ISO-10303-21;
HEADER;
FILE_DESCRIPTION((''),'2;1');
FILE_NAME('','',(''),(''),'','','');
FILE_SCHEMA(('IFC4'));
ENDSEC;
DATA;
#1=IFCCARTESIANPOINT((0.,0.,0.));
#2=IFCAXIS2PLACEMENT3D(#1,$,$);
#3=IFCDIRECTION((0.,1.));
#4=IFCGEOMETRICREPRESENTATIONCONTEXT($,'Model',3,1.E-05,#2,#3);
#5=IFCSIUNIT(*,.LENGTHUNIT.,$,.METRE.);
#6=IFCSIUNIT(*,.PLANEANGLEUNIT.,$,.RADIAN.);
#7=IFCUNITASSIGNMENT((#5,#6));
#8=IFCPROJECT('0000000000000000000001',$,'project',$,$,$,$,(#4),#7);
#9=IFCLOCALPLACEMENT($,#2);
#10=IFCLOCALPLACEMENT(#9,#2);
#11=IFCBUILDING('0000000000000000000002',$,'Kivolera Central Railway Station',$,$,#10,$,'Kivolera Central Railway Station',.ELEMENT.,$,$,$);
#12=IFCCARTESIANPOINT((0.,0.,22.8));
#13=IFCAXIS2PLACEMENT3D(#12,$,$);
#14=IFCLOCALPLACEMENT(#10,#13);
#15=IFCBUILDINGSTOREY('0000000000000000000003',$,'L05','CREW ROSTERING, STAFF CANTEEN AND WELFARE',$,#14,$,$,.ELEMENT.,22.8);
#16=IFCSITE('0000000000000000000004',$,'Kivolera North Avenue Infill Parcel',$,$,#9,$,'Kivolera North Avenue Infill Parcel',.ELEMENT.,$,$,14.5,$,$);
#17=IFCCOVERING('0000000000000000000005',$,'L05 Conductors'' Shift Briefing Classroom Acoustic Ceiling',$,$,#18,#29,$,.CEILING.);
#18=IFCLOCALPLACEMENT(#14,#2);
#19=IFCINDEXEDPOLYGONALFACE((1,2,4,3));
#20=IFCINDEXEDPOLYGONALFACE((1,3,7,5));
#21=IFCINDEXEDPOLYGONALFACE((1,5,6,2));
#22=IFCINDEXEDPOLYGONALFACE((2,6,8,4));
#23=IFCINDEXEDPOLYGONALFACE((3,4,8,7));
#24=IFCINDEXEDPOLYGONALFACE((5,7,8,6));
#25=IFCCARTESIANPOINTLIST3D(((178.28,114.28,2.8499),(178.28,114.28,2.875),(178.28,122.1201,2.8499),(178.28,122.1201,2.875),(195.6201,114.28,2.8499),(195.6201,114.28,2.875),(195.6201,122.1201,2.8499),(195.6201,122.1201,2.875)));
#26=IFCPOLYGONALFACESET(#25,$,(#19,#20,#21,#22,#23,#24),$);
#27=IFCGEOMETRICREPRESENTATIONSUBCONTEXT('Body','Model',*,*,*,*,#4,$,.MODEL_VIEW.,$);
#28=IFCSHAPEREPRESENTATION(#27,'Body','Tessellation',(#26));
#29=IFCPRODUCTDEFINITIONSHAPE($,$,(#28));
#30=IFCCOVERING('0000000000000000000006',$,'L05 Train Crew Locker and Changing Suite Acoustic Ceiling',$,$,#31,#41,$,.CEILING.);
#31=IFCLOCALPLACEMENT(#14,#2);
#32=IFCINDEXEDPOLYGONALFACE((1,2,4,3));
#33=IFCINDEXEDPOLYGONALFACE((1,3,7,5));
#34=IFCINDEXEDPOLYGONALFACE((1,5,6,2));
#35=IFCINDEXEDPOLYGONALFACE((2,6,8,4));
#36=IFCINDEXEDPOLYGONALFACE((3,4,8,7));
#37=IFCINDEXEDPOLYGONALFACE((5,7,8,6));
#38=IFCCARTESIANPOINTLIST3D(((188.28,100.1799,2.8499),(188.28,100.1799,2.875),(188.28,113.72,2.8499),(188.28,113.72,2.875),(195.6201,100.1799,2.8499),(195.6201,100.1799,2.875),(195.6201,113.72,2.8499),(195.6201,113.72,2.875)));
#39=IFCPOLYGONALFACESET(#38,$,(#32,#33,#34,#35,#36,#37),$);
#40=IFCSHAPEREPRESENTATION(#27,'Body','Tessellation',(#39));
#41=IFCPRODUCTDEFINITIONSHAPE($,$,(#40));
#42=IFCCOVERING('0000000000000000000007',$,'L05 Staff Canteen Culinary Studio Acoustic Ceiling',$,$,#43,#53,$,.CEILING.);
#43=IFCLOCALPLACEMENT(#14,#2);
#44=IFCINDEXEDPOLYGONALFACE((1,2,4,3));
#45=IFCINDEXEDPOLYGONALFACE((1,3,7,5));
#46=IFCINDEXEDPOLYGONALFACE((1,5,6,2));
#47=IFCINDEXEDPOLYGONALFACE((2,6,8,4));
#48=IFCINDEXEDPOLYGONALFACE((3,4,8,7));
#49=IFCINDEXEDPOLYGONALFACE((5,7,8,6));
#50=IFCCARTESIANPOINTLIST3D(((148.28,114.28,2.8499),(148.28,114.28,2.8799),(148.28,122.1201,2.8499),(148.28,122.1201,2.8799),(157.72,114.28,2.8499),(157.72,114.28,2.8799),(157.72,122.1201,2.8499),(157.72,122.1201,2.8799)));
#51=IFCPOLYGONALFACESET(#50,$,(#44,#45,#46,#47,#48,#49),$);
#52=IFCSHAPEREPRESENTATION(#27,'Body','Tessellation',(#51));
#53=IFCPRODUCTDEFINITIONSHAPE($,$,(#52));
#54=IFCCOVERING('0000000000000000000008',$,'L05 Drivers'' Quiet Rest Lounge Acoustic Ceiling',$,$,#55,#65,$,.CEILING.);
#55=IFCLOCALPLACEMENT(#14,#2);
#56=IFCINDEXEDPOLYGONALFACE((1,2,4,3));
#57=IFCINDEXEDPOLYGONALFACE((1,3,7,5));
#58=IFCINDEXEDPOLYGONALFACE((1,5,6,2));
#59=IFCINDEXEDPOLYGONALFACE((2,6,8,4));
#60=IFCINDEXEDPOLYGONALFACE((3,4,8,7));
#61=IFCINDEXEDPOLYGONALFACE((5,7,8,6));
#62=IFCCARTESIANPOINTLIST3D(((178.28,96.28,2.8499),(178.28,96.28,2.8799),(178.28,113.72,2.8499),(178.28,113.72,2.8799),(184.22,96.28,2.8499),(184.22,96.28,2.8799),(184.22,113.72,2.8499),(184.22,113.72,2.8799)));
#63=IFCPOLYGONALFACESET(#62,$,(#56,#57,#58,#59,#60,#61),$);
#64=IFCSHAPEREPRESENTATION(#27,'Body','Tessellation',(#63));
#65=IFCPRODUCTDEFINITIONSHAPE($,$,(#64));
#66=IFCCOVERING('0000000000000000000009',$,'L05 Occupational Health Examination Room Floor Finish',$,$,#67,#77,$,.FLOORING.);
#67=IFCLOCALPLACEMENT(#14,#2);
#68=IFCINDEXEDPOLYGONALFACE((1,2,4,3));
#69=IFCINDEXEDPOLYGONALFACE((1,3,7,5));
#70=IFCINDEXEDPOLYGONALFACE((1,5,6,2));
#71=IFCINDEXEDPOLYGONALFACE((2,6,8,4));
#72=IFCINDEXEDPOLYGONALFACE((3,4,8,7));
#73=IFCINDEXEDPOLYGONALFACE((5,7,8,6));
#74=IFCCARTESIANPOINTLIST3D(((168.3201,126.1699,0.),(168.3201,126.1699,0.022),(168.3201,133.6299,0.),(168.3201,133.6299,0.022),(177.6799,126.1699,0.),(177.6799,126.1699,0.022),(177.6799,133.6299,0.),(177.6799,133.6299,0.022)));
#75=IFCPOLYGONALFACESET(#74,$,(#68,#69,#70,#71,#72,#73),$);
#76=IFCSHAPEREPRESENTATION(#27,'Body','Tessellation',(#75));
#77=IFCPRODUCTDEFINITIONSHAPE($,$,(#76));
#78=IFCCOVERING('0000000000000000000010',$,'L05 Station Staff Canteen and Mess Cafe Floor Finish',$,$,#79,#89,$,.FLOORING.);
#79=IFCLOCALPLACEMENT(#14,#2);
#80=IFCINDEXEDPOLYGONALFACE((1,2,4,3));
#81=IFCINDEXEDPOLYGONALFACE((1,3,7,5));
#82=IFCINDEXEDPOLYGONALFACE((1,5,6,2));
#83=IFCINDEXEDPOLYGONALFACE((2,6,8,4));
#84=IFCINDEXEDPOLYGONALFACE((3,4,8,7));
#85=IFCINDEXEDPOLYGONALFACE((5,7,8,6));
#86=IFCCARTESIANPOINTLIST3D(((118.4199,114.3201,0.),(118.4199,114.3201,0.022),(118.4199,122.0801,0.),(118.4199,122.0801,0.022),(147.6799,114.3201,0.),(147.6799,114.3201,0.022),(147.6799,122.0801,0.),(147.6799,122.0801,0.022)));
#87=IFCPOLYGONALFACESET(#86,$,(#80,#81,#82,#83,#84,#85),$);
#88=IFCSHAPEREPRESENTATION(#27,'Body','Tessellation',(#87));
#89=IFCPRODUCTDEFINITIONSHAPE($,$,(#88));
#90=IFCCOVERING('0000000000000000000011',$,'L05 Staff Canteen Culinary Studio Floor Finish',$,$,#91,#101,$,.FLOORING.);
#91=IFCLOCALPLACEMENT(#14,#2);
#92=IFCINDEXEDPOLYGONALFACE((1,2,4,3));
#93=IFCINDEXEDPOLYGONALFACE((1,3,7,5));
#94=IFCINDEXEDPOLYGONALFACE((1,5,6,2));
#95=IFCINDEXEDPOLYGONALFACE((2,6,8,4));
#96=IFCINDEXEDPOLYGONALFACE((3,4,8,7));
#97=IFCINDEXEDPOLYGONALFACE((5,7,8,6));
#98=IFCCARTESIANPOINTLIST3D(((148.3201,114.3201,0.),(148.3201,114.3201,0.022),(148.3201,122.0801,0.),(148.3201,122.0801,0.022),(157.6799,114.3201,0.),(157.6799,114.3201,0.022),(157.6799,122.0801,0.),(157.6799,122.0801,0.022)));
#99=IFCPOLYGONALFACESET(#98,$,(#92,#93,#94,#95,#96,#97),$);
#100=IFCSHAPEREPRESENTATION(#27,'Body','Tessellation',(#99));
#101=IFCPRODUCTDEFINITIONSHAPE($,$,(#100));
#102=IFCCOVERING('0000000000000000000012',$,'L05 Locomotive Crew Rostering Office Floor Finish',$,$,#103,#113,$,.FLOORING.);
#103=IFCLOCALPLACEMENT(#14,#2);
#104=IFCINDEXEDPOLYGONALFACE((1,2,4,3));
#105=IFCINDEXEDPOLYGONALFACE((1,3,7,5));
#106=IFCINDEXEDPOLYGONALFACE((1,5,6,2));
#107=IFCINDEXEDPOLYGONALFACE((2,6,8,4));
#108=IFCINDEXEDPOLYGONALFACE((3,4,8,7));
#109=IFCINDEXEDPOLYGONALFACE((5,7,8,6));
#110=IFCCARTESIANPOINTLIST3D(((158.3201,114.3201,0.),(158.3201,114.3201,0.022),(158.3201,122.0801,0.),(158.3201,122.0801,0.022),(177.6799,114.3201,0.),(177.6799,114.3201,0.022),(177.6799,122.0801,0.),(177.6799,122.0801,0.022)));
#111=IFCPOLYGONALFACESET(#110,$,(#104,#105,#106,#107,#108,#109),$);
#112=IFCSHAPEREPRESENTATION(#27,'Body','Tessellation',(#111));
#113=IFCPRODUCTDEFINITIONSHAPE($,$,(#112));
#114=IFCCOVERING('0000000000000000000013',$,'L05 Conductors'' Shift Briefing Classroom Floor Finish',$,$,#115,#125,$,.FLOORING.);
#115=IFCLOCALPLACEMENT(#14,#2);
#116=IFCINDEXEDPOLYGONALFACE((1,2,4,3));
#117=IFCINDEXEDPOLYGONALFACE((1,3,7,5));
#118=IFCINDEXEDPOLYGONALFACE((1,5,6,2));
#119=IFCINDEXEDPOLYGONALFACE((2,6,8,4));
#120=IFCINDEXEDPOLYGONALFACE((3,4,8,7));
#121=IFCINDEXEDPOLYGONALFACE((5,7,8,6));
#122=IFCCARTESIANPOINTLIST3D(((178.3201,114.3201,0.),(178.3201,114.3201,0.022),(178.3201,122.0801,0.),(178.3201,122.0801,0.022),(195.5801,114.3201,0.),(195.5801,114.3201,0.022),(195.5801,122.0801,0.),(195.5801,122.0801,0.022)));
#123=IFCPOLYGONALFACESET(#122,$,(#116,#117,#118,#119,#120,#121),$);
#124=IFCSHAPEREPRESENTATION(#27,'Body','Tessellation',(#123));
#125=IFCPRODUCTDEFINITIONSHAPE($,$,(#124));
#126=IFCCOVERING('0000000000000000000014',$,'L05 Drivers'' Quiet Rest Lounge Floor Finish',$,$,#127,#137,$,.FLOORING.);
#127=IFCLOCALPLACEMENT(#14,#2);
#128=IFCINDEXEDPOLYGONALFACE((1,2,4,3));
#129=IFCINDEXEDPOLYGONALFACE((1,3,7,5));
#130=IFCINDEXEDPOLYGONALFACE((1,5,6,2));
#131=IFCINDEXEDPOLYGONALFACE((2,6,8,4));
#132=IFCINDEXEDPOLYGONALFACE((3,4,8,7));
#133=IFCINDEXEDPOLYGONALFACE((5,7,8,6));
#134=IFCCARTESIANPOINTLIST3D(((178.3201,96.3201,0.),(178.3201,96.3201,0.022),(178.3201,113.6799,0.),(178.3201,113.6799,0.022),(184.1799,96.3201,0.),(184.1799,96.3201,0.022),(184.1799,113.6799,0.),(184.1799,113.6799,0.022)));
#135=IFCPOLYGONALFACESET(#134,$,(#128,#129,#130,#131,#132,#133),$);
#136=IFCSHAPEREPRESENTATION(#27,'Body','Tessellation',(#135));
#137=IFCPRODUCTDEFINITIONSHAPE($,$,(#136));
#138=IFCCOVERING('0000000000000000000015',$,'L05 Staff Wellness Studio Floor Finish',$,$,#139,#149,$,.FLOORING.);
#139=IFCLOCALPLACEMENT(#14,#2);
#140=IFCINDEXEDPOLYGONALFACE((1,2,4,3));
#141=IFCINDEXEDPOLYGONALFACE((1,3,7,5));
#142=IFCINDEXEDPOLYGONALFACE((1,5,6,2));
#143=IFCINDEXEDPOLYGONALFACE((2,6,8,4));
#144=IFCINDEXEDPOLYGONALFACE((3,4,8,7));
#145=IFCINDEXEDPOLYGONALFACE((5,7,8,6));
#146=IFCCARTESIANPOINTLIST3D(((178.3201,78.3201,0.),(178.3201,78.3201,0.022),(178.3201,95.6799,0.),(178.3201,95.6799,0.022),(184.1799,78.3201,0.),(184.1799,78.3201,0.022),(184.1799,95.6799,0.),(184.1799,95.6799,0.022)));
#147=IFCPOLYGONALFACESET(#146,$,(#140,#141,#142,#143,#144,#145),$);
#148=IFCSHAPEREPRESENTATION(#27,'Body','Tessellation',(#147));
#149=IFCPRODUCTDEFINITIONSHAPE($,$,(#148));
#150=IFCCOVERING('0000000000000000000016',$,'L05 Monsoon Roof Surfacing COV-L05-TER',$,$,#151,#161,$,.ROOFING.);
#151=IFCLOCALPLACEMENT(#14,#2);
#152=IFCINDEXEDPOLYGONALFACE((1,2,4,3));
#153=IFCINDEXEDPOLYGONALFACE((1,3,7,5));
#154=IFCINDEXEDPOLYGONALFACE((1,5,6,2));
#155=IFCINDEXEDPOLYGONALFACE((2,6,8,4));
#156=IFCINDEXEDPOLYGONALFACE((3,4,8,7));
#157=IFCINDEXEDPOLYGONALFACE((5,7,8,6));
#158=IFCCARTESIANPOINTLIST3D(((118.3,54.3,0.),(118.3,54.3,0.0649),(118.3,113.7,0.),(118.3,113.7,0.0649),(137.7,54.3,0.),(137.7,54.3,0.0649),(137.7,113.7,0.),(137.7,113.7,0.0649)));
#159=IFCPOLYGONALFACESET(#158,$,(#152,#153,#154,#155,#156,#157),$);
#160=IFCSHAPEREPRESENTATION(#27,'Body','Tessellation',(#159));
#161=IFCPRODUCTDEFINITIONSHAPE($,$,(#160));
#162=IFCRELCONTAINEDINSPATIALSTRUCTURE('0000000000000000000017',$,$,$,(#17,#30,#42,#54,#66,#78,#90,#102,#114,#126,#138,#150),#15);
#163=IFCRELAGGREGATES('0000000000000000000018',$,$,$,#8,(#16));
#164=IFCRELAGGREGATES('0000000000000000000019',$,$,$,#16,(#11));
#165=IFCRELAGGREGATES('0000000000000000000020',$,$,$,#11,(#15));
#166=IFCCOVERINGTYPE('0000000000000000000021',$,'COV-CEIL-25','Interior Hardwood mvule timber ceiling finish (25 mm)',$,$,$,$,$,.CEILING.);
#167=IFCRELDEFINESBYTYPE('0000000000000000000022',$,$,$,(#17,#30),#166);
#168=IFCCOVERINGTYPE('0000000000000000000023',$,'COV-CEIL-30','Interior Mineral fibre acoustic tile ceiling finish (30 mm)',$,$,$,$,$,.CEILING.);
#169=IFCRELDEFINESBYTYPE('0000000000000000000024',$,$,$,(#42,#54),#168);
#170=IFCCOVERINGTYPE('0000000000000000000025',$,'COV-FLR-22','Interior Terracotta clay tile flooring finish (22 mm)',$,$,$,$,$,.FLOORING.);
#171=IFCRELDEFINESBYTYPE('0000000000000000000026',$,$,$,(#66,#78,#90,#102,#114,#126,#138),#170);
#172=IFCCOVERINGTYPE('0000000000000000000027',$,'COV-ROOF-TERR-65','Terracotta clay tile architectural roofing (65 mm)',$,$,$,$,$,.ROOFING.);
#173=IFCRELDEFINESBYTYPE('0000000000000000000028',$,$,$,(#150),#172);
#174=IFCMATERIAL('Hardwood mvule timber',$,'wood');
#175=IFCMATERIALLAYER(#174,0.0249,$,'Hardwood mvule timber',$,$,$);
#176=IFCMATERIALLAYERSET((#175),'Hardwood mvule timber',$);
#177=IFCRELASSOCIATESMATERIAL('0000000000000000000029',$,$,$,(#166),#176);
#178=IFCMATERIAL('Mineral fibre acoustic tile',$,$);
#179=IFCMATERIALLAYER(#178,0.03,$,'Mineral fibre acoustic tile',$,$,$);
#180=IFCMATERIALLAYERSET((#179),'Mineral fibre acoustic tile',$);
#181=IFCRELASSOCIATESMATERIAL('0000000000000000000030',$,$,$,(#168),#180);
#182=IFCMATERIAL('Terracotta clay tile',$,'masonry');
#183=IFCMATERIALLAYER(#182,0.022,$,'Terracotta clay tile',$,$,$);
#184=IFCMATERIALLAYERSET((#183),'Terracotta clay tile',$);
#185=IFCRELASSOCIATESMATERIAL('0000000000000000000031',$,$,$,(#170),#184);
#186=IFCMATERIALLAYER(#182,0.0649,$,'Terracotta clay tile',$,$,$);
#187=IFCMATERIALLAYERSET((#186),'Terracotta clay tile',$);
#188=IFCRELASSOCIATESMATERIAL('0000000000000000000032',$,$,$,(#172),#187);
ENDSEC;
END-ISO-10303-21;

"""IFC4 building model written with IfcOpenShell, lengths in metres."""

from ifc_helpers import new_model, si_unit, direction, frame, origin, place, context, subcontext, project, spatial, polyline, outline, extrude, material, layer, layer_set, type_object, element, save


model = new_model("IFC4")

# Units and contexts
model_context = context("Model", 3, precision=1e-05, world=origin(), true_north=direction((0.0, 1.0)))
body_context = subcontext(model_context, "Body", "Model", "MODEL_VIEW")
ifc_project = project(units=[si_unit("LENGTHUNIT", "METRE"), si_unit("PLANEANGLEUNIT", "RADIAN")], contexts=[model_context])

# Site, building, storey
site_placement = place(None, origin())
site = spatial("IfcSite", under=ifc_project, at=site_placement, Name="Kivolera North Avenue Infill Parcel", LongName="Kivolera North Avenue Infill Parcel", CompositionType="ELEMENT", RefElevation=14.5)
building_placement = place(site_placement, origin())
building = spatial("IfcBuilding", under=site, at=building_placement, Name="Kivolera Central Railway Station", LongName="Kivolera Central Railway Station", CompositionType="ELEMENT")
storey_placement = place(building_placement, frame((0.0, 0.0, 22.8)))
storey = spatial("IfcBuildingStorey", under=building, at=storey_placement, Name="L05", Description="CREW ROSTERING, STAFF CANTEEN AND WELFARE", CompositionType="ELEMENT", Elevation=22.8)

# Coverings
ifc_material_1 = material(Name="Mineral fibre acoustic tile")
ifc_material_2 = material(Name="Hardwood mvule timber", Category="wood")
ifc_layer_1 = layer(ifc_material_2, 0.0249, Name="Hardwood mvule timber")
ifc_layer_set_1 = layer_set([ifc_layer_1], Name="Hardwood mvule timber")
covering_type_1 = type_object("IfcCoveringType", Name="COV-CEIL-25", Description="Interior Hardwood mvule timber ceiling finish (25 mm)", PredefinedType="CEILING", material=ifc_layer_set_1)
covering_1_placement = place(storey_placement, frame((0.0, 0.0, 2.8499)))
element("IfcCovering", 1, at=covering_1_placement, inside=storey, type_object=covering_type_1, Name="L05 Conductors' Shift Briefing Classroom Acoustic Ceiling", PredefinedType="CEILING", context=body_context, shape_type="SweptSolid", body=[
    extrude(outline(polyline([(178.28, 114.28), (195.6201, 114.28), (195.6201, 122.1201), (178.28, 122.1201), (178.28, 114.28)])), origin(), (0.0, 0.0, 1.0), 0.0251),
])
covering_2_placement = place(storey_placement, frame((0.0, 0.0, 2.8499)))
element("IfcCovering", 2, at=covering_2_placement, inside=storey, type_object=covering_type_1, Name="L05 Train Crew Locker and Changing Suite Acoustic Ceiling", PredefinedType="CEILING", context=body_context, shape_type="SweptSolid", body=[
    extrude(outline(polyline([(188.28, 100.1799), (195.6201, 100.1799), (195.6201, 113.72), (188.28, 113.72), (188.28, 100.1799)])), origin(), (0.0, 0.0, 1.0), 0.0251),
])
ifc_layer_2 = layer(ifc_material_1, 0.03, Name="Mineral fibre acoustic tile")
ifc_layer_set_2 = layer_set([ifc_layer_2], Name="Mineral fibre acoustic tile")
covering_type_2 = type_object("IfcCoveringType", Name="COV-CEIL-30", Description="Interior Mineral fibre acoustic tile ceiling finish (30 mm)", PredefinedType="CEILING", material=ifc_layer_set_2)
covering_3_placement = place(storey_placement, frame((0.0, 0.0, 2.8499)))
element("IfcCovering", 3, at=covering_3_placement, inside=storey, type_object=covering_type_2, Name="L05 Staff Canteen Culinary Studio Acoustic Ceiling", PredefinedType="CEILING", context=body_context, shape_type="SweptSolid", body=[
    extrude(outline(polyline([(148.28, 114.28), (157.72, 114.28), (157.72, 122.1201), (148.28, 122.1201), (148.28, 114.28)])), origin(), (0.0, 0.0, 1.0), 0.03),
])
covering_4_placement = place(storey_placement, frame((0.0, 0.0, 2.8499)))
element("IfcCovering", 4, at=covering_4_placement, inside=storey, type_object=covering_type_2, Name="L05 Drivers' Quiet Rest Lounge Acoustic Ceiling", PredefinedType="CEILING", context=body_context, shape_type="SweptSolid", body=[
    extrude(outline(polyline([(178.28, 96.28), (184.22, 96.28), (184.22, 113.72), (178.28, 113.72), (178.28, 96.28)])), origin(), (0.0, 0.0, 1.0), 0.03),
])
ifc_material_3 = material(Name="Terracotta clay tile", Category="masonry")
ifc_layer_3 = layer(ifc_material_3, 0.022, Name="Terracotta clay tile")
ifc_layer_set_3 = layer_set([ifc_layer_3], Name="Terracotta clay tile")
covering_type_3 = type_object("IfcCoveringType", Name="COV-FLR-22", Description="Interior Terracotta clay tile flooring finish (22 mm)", PredefinedType="FLOORING", material=ifc_layer_set_3)
covering_5_placement = place(storey_placement, origin())
element("IfcCovering", 5, at=covering_5_placement, inside=storey, type_object=covering_type_3, Name="L05 Occupational Health Examination Room Floor Finish", PredefinedType="FLOORING", context=body_context, shape_type="SweptSolid", body=[
    extrude(outline(polyline([(168.3201, 126.1699), (177.6799, 126.1699), (177.6799, 133.6299), (168.3201, 133.6299), (168.3201, 126.1699)])), origin(), (0.0, 0.0, 1.0), 0.022),
])
covering_6_placement = place(storey_placement, origin())
element("IfcCovering", 6, at=covering_6_placement, inside=storey, type_object=covering_type_3, Name="L05 Station Staff Canteen and Mess Cafe Floor Finish", PredefinedType="FLOORING", context=body_context, shape_type="SweptSolid", body=[
    extrude(outline(polyline([(118.4199, 114.3201), (147.6799, 114.3201), (147.6799, 122.0801), (118.4199, 122.0801), (118.4199, 114.3201)])), origin(), (0.0, 0.0, 1.0), 0.022),
])
covering_7_placement = place(storey_placement, origin())
element("IfcCovering", 7, at=covering_7_placement, inside=storey, type_object=covering_type_3, Name="L05 Staff Canteen Culinary Studio Floor Finish", PredefinedType="FLOORING", context=body_context, shape_type="SweptSolid", body=[
    extrude(outline(polyline([(148.3201, 114.3201), (157.6799, 114.3201), (157.6799, 122.0801), (148.3201, 122.0801), (148.3201, 114.3201)])), origin(), (0.0, 0.0, 1.0), 0.022),
])
covering_8_placement = place(storey_placement, origin())
element("IfcCovering", 8, at=covering_8_placement, inside=storey, type_object=covering_type_3, Name="L05 Locomotive Crew Rostering Office Floor Finish", PredefinedType="FLOORING", context=body_context, shape_type="SweptSolid", body=[
    extrude(outline(polyline([(158.3201, 114.3201), (177.6799, 114.3201), (177.6799, 122.0801), (158.3201, 122.0801), (158.3201, 114.3201)])), origin(), (0.0, 0.0, 1.0), 0.022),
])
covering_9_placement = place(storey_placement, origin())
element("IfcCovering", 9, at=covering_9_placement, inside=storey, type_object=covering_type_3, Name="L05 Conductors' Shift Briefing Classroom Floor Finish", PredefinedType="FLOORING", context=body_context, shape_type="SweptSolid", body=[
    extrude(outline(polyline([(178.3201, 114.3201), (195.5801, 114.3201), (195.5801, 122.0801), (178.3201, 122.0801), (178.3201, 114.3201)])), origin(), (0.0, 0.0, 1.0), 0.022),
])
covering_10_placement = place(storey_placement, origin())
element("IfcCovering", 10, at=covering_10_placement, inside=storey, type_object=covering_type_3, Name="L05 Drivers' Quiet Rest Lounge Floor Finish", PredefinedType="FLOORING", context=body_context, shape_type="SweptSolid", body=[
    extrude(outline(polyline([(178.3201, 96.3201), (184.1799, 96.3201), (184.1799, 113.6799), (178.3201, 113.6799), (178.3201, 96.3201)])), origin(), (0.0, 0.0, 1.0), 0.022),
])
covering_11_placement = place(storey_placement, origin())
element("IfcCovering", 11, at=covering_11_placement, inside=storey, type_object=covering_type_3, Name="L05 Staff Wellness Studio Floor Finish", PredefinedType="FLOORING", context=body_context, shape_type="SweptSolid", body=[
    extrude(outline(polyline([(178.3201, 78.3201), (184.1799, 78.3201), (184.1799, 95.6799), (178.3201, 95.6799), (178.3201, 78.3201)])), origin(), (0.0, 0.0, 1.0), 0.022),
])
ifc_layer_4 = layer(ifc_material_3, 0.0649, Name="Terracotta clay tile")
ifc_layer_set_4 = layer_set([ifc_layer_4], Name="Terracotta clay tile")
covering_type_4 = type_object("IfcCoveringType", Name="COV-ROOF-TERR-65", Description="Terracotta clay tile architectural roofing (65 mm)", PredefinedType="ROOFING", material=ifc_layer_set_4)
covering_12_placement = place(storey_placement, origin())
element("IfcCovering", 12, at=covering_12_placement, inside=storey, type_object=covering_type_4, Name="L05 Monsoon Roof Surfacing COV-L05-TER", PredefinedType="ROOFING", context=body_context, shape_type="SweptSolid", body=[
    extrude(outline(polyline([(118.3, 54.3), (137.7, 54.3), (137.7, 113.7), (118.3, 113.7), (118.3, 54.3)])), origin(), (0.0, 0.0, 1.0), 0.0649),
])

save(model, "model.ifc")
